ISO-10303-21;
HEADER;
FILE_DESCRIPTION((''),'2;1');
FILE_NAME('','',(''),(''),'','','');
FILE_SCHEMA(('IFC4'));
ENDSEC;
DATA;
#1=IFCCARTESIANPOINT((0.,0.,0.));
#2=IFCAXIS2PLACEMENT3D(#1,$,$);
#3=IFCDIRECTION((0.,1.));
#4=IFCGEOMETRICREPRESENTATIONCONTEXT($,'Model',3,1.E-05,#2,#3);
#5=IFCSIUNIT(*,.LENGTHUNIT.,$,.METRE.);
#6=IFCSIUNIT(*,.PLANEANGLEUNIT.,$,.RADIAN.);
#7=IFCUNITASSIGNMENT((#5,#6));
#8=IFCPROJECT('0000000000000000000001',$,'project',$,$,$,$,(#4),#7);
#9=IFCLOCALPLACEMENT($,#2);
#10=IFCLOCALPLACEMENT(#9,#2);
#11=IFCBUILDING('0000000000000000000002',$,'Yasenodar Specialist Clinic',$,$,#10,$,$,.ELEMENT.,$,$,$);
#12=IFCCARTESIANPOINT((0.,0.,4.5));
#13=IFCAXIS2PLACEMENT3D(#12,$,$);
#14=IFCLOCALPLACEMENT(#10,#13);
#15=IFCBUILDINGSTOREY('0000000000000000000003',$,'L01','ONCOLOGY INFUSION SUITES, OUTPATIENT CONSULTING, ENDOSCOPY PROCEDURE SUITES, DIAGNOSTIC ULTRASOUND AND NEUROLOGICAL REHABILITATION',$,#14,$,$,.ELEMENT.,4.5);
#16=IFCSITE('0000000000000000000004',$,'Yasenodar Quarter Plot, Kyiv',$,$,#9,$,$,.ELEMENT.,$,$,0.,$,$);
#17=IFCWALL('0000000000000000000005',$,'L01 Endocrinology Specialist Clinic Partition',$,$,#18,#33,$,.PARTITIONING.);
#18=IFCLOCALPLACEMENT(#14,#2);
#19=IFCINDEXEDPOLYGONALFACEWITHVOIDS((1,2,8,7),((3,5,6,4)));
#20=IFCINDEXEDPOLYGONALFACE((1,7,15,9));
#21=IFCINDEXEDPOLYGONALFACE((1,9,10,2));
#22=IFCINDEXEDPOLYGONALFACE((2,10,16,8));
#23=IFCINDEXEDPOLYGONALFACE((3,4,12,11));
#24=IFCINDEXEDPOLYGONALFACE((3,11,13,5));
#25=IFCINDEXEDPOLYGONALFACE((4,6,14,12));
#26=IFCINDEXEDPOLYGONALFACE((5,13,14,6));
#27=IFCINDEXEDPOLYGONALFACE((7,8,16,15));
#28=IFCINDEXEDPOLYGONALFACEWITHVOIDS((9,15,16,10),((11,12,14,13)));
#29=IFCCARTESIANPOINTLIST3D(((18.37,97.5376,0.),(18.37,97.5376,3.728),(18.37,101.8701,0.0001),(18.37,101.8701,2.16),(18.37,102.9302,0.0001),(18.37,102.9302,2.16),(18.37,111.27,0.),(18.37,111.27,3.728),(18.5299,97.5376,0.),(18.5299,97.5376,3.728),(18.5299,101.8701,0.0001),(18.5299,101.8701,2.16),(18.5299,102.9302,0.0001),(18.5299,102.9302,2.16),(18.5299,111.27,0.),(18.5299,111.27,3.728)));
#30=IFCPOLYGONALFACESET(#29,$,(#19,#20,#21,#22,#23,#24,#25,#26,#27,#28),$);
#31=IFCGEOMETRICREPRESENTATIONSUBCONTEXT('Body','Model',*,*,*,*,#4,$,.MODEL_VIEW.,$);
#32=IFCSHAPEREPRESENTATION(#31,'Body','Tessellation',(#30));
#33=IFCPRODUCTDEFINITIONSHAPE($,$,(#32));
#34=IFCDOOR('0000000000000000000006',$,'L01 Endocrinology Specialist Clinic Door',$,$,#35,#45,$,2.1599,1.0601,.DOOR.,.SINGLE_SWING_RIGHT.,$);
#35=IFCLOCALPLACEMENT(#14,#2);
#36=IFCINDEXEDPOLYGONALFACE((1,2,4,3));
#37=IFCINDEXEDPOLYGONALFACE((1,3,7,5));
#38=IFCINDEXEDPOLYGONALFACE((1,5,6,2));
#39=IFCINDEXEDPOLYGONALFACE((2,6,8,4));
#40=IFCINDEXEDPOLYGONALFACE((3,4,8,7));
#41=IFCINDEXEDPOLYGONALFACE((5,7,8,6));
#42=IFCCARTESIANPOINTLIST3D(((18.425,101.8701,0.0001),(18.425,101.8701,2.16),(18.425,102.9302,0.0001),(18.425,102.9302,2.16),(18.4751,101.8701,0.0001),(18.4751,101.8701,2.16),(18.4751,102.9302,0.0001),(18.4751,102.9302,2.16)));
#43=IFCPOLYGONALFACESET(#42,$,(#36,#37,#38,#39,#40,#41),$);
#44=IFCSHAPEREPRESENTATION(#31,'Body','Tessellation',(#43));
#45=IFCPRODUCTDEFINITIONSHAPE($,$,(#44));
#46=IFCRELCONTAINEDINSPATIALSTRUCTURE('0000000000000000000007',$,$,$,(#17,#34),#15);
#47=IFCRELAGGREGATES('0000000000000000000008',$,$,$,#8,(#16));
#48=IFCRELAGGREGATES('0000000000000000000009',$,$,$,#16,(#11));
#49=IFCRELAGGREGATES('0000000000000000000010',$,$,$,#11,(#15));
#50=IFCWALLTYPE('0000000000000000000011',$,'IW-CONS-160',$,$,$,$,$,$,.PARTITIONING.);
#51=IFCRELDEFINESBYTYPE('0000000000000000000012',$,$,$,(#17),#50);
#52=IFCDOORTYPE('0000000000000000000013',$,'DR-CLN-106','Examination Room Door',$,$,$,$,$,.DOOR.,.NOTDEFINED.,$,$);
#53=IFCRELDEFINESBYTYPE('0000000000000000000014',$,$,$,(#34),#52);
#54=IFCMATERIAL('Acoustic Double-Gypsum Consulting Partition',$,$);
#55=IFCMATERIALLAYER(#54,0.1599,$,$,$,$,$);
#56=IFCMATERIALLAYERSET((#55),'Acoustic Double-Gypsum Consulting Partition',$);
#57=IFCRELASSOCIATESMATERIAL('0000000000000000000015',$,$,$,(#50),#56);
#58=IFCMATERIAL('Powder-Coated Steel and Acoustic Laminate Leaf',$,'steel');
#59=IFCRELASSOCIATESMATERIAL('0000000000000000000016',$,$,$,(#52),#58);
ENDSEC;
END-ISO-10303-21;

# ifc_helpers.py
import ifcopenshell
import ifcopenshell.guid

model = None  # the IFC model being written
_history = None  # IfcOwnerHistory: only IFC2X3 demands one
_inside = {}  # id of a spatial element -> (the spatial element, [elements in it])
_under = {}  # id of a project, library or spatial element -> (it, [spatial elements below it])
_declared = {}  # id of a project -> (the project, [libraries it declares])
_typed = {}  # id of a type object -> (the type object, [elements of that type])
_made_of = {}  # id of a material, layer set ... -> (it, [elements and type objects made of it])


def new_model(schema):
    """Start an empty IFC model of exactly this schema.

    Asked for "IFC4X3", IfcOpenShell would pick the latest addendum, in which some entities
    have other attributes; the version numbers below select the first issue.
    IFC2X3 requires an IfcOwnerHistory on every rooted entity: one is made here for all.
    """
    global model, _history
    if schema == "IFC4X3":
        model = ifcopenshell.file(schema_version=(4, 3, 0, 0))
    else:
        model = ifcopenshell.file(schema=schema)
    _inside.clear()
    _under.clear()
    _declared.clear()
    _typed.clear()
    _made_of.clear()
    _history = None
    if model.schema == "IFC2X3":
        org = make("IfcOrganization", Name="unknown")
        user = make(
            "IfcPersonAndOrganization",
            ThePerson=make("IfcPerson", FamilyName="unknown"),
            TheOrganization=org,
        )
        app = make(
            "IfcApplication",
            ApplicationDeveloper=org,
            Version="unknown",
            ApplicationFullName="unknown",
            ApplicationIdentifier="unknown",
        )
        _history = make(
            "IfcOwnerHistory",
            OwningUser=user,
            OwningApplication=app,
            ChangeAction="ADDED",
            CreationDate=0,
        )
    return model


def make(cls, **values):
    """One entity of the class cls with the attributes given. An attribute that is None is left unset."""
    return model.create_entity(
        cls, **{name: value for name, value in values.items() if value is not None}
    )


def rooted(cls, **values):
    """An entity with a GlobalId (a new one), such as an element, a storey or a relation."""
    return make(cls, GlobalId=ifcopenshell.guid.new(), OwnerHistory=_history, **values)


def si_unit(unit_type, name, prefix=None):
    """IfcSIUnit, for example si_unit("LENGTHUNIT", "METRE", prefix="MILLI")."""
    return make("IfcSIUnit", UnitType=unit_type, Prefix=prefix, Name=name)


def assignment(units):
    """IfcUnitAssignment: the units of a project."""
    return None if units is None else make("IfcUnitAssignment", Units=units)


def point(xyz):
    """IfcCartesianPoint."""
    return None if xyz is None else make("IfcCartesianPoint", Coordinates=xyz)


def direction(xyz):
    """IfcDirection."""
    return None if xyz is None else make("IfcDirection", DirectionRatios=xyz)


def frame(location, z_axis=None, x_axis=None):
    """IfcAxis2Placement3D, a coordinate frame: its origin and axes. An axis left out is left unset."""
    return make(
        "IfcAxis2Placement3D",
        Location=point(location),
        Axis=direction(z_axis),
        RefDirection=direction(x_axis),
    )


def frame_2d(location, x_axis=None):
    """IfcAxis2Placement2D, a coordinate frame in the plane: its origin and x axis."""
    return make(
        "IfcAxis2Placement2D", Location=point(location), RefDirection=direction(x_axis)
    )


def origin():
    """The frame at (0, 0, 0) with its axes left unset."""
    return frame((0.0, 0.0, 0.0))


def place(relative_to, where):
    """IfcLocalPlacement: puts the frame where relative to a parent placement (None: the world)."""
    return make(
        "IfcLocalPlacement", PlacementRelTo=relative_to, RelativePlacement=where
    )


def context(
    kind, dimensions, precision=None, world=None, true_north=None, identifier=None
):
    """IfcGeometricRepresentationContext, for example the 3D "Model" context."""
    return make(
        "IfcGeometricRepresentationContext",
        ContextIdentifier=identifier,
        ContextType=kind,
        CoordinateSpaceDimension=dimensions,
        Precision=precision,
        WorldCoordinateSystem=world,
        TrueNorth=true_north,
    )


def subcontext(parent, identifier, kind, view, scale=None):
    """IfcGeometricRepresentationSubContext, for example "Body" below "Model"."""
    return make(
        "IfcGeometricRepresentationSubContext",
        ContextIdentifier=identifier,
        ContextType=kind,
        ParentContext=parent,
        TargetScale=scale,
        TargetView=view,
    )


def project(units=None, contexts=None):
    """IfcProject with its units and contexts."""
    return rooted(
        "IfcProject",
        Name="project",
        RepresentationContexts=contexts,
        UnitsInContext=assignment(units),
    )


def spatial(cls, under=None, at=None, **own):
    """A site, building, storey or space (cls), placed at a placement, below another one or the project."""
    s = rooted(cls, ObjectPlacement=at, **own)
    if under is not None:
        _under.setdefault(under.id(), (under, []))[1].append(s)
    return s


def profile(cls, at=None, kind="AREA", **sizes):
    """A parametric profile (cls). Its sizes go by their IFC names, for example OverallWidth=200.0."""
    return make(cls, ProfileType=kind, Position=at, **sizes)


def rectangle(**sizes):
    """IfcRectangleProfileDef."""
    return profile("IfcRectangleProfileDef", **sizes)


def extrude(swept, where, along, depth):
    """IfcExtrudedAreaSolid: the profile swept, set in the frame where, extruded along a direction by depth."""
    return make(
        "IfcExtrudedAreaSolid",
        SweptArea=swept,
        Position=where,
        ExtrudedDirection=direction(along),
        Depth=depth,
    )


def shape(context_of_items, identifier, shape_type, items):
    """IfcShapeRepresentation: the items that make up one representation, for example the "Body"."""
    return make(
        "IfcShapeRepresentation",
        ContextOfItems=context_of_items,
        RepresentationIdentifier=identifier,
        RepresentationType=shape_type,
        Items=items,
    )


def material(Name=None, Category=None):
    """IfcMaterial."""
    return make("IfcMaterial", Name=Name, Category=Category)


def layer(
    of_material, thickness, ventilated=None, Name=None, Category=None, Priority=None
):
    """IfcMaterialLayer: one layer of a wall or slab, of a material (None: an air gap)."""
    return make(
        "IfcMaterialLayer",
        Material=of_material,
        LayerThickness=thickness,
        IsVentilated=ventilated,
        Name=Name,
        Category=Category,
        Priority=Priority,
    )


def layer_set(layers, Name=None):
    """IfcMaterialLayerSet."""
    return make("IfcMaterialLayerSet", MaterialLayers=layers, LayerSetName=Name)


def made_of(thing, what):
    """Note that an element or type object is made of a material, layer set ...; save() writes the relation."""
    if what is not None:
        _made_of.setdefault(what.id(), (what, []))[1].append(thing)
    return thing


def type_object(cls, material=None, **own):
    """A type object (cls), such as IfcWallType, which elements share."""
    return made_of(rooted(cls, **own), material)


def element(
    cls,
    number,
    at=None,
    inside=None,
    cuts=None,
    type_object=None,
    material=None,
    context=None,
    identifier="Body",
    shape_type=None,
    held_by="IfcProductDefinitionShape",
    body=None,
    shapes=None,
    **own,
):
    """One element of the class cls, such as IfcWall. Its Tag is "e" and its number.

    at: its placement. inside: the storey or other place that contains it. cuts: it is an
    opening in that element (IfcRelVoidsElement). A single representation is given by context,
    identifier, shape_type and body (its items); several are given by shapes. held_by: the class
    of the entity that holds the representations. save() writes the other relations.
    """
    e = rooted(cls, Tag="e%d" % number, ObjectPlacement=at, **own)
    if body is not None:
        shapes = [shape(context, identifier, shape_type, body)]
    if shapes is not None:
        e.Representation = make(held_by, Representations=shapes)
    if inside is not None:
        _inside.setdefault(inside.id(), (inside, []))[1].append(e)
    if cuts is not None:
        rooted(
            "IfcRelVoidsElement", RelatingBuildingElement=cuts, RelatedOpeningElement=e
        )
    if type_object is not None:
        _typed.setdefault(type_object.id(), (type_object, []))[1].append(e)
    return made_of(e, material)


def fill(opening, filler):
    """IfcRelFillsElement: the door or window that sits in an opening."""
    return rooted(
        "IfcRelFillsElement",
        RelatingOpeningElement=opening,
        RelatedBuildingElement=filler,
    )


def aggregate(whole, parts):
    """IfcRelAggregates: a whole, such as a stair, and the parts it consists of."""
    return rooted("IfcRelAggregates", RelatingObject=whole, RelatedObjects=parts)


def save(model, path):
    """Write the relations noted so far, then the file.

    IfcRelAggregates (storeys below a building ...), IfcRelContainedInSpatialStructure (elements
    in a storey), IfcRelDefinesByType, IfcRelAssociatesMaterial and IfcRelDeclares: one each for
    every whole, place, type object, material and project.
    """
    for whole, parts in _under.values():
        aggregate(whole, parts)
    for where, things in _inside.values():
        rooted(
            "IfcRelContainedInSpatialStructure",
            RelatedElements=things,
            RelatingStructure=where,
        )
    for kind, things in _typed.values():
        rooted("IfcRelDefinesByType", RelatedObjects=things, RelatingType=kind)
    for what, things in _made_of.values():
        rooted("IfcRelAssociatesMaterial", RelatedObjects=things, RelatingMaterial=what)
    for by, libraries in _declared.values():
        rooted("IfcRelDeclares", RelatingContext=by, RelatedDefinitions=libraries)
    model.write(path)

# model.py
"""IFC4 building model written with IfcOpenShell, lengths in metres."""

from ifc_helpers import new_model, si_unit, direction, frame, frame_2d, origin, place, context, subcontext, project, spatial, rectangle, extrude, material, layer, layer_set, type_object, element, fill, save


model = new_model("IFC4")

# Units and contexts
model_context = context("Model", 3, precision=1e-05, world=origin(), true_north=direction((0.0, 1.0)))
body_context = subcontext(model_context, "Body", "Model", "MODEL_VIEW")
ifc_project = project(units=[si_unit("LENGTHUNIT", "METRE"), si_unit("PLANEANGLEUNIT", "RADIAN")], contexts=[model_context])

# Site, building, storey
site_placement = place(None, origin())
site = spatial("IfcSite", under=ifc_project, at=site_placement, Name="Yasenodar Quarter Plot, Kyiv", CompositionType="ELEMENT", RefElevation=0.0)
building_placement = place(site_placement, origin())
building = spatial("IfcBuilding", under=site, at=building_placement, Name="Yasenodar Specialist Clinic", CompositionType="ELEMENT")
storey_placement = place(building_placement, frame((0.0, 0.0, 4.5)))
storey = spatial("IfcBuildingStorey", under=building, at=storey_placement, Name="L01", Description="ONCOLOGY INFUSION SUITES, OUTPATIENT CONSULTING, ENDOSCOPY PROCEDURE SUITES, DIAGNOSTIC ULTRASOUND AND NEUROLOGICAL REHABILITATION", CompositionType="ELEMENT", Elevation=4.5)

# Wall, opening, door
ifc_material_1 = material(Name="Acoustic Double-Gypsum Consulting Partition")
ifc_layer_1 = layer(ifc_material_1, 0.1599)
ifc_layer_set_1 = layer_set([ifc_layer_1], Name="Acoustic Double-Gypsum Consulting Partition")
wall_type_1 = type_object("IfcWallType", Name="IW-CONS-160", PredefinedType="PARTITIONING", material=ifc_layer_set_1)
wall_1_placement = place(storey_placement, frame((18.45, 97.5376, 0.0), z_axis=(0.0, 0.0, 1.0), x_axis=(0.0, 1.0, 0.0)))
wall_1 = element("IfcWall", 1, at=wall_1_placement, inside=storey, type_object=wall_type_1, Name="L01 Endocrinology Specialist Clinic Partition", PredefinedType="PARTITIONING", context=body_context, shape_type="SweptSolid", body=[
    extrude(rectangle(XDim=13.7324, YDim=0.1599, at=frame_2d((6.8662, 0.0))), origin(), (0.0, 0.0, 1.0), 3.728),
])
opening_1_placement = place(wall_1_placement, frame((4.3325, 0.0, 0.0)))
opening_1 = element("IfcOpeningElement", 2, at=opening_1_placement, cuts=wall_1, PredefinedType="OPENING", context=body_context, shape_type="SweptSolid", body=[
    extrude(rectangle(XDim=1.0601, YDim=2.1599, at=frame_2d((0.53, 1.0801))), frame((0.0, 0.0898, 0.0), z_axis=(0.0, -1.0, 0.0), x_axis=(1.0, 0.0, 0.0)), (0.0, 0.0, 1.0), 0.1799),
])
ifc_material_2 = material(Name="Powder-Coated Steel and Acoustic Laminate Leaf", Category="steel")
door_type = type_object("IfcDoorType", Name="DR-CLN-106", Description="Examination Room Door", OperationType="NOTDEFINED", PredefinedType="DOOR", material=ifc_material_2)
door_placement = place(opening_1_placement, origin())
door = element("IfcDoor", 3, at=door_placement, inside=storey, type_object=door_type, Name="L01 Endocrinology Specialist Clinic Door", OperationType="SINGLE_SWING_RIGHT", OverallHeight=2.1599, OverallWidth=1.0601, PredefinedType="DOOR", context=body_context, shape_type="SweptSolid", body=[
    extrude(rectangle(XDim=1.0601, YDim=2.1599, at=frame_2d((0.53, 1.0801))), frame((0.0, 0.0249, 0.0), z_axis=(0.0, -1.0, 0.0), x_axis=(1.0, 0.0, 0.0)), (0.0, 0.0, 1.0), 0.05),
])
fill(opening_1, door)

save(model, "model.ifc")
